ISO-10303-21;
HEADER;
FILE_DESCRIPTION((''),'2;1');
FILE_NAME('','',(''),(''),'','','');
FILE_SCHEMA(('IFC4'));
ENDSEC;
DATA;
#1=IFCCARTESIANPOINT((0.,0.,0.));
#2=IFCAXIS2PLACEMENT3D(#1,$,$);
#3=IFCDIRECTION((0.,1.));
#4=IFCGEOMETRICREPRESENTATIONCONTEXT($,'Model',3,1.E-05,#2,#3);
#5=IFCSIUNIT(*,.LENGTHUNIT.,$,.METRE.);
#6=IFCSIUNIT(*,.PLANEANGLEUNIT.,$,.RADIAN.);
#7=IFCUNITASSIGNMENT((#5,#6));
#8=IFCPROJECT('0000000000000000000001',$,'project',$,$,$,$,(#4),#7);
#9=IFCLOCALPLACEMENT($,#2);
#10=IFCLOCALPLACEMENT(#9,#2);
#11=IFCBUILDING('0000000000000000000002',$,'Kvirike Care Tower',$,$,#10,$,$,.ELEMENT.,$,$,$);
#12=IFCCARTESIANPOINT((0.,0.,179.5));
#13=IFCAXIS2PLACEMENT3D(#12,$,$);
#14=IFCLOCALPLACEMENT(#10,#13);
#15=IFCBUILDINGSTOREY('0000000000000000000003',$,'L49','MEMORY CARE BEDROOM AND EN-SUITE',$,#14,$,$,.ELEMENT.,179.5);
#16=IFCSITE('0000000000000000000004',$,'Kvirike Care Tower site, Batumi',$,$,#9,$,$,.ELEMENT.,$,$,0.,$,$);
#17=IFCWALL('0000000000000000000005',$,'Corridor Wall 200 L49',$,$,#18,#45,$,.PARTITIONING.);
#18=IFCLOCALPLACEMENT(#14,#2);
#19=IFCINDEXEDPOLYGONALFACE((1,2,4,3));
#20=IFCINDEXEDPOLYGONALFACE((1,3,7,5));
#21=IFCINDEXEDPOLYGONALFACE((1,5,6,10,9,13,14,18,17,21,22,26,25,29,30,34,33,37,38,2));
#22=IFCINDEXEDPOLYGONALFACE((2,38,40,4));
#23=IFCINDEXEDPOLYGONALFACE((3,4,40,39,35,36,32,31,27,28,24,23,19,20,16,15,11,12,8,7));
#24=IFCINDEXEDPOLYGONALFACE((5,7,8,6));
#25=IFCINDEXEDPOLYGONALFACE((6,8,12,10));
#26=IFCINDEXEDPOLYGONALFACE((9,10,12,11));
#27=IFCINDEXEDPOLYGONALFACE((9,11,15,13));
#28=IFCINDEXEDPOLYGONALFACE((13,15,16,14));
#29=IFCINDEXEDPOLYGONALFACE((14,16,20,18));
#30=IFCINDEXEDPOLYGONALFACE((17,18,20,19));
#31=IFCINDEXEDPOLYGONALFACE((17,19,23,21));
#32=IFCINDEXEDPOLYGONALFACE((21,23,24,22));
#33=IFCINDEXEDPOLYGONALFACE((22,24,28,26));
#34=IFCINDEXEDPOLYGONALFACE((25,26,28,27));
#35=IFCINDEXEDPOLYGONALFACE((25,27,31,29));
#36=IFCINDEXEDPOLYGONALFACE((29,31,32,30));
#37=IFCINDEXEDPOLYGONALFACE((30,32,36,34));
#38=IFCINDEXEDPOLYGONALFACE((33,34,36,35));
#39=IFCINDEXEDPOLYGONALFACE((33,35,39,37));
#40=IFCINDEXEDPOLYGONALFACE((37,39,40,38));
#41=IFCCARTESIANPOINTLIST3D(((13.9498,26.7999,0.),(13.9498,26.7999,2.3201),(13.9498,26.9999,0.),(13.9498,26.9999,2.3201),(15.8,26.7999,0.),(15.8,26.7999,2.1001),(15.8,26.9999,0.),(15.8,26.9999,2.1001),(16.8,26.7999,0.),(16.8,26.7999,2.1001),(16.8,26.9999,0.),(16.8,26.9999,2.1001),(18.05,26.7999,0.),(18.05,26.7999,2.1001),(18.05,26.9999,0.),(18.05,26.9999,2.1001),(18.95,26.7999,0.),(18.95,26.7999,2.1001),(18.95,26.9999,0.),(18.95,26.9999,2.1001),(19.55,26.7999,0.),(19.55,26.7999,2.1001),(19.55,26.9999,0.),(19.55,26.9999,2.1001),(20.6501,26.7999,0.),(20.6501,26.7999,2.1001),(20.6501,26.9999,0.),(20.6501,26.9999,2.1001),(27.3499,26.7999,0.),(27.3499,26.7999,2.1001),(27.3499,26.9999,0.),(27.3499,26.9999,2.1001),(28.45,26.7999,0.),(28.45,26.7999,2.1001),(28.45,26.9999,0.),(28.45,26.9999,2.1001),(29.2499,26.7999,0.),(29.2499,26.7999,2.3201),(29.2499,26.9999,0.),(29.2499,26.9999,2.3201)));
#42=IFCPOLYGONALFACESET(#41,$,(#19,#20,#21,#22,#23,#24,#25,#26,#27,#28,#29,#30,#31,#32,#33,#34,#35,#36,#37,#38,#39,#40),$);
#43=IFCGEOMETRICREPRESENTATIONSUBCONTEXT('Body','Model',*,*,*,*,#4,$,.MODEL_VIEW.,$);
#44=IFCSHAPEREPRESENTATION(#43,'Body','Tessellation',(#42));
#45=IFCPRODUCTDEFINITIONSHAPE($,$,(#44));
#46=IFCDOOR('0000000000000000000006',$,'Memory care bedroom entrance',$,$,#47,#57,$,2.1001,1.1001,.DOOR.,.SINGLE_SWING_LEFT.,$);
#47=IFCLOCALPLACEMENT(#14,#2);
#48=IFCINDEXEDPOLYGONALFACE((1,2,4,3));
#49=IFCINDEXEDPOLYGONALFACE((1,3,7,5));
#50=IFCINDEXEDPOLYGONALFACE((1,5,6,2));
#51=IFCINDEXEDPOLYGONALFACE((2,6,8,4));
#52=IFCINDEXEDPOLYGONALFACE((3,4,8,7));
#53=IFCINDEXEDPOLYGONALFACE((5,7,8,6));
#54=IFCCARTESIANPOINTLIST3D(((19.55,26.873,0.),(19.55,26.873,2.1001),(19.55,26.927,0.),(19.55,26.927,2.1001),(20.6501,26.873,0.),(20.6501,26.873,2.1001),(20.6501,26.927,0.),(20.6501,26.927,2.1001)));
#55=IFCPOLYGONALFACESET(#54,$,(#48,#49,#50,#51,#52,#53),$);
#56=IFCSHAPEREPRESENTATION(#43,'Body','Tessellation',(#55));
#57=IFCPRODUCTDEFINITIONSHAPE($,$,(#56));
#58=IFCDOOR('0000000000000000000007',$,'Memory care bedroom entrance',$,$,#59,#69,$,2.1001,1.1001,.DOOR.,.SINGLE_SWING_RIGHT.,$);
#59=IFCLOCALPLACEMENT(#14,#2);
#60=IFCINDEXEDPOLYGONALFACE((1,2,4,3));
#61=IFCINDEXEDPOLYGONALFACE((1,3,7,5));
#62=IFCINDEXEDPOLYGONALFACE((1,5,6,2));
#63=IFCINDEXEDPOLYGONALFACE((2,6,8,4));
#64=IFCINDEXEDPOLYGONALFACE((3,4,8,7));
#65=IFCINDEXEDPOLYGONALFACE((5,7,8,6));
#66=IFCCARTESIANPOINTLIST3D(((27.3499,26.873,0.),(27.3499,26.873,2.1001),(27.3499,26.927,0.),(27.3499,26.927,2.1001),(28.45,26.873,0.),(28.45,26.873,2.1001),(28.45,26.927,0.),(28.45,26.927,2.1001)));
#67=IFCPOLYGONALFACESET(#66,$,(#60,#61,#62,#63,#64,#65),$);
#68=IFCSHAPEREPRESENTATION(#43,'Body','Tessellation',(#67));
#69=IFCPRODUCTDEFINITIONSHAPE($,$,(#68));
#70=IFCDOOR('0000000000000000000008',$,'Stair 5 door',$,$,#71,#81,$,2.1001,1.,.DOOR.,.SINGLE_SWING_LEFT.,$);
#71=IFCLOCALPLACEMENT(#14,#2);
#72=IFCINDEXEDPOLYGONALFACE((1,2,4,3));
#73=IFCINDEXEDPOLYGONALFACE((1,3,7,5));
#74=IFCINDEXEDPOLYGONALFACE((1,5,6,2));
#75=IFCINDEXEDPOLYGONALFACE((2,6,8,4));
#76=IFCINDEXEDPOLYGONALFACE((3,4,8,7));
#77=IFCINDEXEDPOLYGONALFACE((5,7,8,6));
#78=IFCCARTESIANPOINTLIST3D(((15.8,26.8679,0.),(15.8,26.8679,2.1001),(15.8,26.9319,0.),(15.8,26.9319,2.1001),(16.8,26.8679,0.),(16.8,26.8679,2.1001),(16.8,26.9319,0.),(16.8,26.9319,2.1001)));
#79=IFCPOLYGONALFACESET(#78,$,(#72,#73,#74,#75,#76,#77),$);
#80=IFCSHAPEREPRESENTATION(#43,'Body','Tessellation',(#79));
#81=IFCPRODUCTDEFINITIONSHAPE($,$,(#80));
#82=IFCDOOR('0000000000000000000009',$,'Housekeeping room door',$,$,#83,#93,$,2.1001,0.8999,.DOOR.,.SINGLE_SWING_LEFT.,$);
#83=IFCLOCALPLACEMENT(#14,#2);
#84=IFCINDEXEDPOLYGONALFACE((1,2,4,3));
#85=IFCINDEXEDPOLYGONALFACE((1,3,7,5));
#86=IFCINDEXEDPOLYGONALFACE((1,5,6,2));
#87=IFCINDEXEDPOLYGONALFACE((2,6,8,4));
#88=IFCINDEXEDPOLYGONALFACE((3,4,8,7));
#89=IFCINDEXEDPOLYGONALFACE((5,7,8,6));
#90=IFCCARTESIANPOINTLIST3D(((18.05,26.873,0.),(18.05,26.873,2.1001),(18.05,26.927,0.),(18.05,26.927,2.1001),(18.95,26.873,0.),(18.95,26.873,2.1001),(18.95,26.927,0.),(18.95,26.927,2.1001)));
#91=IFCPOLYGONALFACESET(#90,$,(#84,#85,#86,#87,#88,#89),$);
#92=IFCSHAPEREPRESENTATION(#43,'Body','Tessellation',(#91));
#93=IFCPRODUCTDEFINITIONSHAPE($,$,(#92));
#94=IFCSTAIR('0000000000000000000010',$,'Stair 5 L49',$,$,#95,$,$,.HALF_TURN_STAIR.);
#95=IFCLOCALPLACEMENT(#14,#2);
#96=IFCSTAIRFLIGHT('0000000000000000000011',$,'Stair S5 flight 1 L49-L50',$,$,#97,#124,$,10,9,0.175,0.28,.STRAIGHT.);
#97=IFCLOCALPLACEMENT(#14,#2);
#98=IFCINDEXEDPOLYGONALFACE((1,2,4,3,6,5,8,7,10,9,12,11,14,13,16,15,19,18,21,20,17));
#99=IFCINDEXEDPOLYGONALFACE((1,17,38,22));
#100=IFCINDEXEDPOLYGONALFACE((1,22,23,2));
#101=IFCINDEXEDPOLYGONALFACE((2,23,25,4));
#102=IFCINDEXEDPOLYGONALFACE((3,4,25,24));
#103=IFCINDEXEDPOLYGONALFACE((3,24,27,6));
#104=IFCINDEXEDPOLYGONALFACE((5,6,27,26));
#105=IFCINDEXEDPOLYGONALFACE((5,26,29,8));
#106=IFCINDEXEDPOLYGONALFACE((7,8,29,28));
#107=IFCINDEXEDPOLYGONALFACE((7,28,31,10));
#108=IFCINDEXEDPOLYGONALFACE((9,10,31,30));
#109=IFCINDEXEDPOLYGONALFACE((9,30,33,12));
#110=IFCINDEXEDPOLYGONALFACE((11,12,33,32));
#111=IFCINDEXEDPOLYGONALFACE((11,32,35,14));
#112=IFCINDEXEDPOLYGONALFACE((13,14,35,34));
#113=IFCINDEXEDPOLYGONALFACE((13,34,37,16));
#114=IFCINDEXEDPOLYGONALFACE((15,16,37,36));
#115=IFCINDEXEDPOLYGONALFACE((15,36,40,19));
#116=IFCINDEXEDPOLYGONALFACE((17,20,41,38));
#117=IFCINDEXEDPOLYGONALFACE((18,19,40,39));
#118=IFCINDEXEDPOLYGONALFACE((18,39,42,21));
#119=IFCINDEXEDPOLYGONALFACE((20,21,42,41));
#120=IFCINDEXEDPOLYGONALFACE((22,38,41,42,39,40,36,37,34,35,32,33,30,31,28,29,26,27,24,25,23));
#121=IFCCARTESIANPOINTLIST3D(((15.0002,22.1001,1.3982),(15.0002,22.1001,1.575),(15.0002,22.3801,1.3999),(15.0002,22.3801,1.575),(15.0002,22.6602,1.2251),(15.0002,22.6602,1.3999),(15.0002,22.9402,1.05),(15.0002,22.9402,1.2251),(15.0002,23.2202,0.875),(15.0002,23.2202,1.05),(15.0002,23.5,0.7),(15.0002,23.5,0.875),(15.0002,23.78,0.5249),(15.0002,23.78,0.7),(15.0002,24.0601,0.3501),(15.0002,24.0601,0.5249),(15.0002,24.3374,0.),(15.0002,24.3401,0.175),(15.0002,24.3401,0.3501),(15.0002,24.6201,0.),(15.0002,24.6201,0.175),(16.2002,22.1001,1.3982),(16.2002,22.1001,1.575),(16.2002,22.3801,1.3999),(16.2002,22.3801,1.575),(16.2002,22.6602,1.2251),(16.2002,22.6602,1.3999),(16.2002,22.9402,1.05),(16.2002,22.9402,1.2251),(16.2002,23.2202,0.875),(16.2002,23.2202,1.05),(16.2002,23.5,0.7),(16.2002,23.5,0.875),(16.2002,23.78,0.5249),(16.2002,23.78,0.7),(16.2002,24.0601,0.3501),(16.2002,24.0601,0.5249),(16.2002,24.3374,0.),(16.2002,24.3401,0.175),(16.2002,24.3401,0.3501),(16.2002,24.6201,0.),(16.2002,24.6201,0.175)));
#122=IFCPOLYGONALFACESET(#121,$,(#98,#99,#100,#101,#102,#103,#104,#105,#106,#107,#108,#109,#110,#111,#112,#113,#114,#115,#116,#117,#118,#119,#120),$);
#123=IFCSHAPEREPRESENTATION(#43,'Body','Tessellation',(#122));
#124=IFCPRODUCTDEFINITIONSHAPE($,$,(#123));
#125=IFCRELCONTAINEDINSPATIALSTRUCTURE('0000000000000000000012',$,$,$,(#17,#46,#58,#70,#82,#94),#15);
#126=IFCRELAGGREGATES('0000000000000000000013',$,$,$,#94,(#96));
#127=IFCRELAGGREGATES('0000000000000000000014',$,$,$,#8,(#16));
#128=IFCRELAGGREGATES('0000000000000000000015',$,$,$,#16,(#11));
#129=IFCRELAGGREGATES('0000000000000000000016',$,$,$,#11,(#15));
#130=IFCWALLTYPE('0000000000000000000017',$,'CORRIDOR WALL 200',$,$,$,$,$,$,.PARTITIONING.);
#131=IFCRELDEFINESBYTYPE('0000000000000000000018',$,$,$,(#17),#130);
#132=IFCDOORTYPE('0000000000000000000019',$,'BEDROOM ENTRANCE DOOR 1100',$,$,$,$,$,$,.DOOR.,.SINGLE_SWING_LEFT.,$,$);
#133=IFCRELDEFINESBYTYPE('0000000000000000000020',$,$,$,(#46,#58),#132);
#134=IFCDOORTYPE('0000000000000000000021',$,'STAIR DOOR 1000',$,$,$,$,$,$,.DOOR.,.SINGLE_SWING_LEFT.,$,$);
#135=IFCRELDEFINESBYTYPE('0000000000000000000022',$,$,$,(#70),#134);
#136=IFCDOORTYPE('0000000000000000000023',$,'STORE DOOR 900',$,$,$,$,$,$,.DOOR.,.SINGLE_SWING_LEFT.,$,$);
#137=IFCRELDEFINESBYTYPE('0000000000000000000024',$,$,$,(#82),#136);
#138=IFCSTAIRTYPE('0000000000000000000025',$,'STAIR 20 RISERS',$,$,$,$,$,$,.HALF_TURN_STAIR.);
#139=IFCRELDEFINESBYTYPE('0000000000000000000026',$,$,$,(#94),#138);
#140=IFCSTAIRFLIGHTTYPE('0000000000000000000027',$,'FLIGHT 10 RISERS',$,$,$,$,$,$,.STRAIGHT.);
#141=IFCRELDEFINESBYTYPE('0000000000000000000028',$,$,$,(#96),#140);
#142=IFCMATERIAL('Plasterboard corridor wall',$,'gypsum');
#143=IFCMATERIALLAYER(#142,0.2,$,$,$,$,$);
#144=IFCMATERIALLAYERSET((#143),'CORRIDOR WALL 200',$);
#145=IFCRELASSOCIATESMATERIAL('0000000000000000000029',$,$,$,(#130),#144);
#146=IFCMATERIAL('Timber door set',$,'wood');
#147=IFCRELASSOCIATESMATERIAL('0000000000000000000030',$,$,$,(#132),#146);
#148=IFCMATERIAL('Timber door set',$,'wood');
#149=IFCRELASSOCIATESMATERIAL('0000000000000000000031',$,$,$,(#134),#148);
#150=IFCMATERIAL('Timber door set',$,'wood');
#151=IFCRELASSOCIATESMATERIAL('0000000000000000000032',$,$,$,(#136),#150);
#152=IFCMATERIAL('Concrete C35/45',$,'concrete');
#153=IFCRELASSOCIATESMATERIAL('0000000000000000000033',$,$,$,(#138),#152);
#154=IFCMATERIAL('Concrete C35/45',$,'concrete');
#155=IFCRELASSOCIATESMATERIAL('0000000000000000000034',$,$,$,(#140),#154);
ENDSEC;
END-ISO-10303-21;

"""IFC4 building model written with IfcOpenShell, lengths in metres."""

from ifc_helpers import new_model, si_unit, direction, frame, frame_2d, origin, place, context, subcontext, project, spatial, polyline, rectangle, outline, extrude, material, layer, layer_set, type_object, element, fill, aggregate, save


model = new_model("IFC4")

# Units and contexts
model_context = context("Model", 3, precision=1e-05, world=origin(), true_north=direction((0.0, 1.0)))
body_context = subcontext(model_context, "Body", "Model", "MODEL_VIEW")
ifc_project = project(units=[si_unit("LENGTHUNIT", "METRE"), si_unit("PLANEANGLEUNIT", "RADIAN")], contexts=[model_context])

# Site, building, storey
site_placement = place(None, origin())
site = spatial("IfcSite", under=ifc_project, at=site_placement, Name="Kvirike Care Tower site, Batumi", CompositionType="ELEMENT", RefElevation=0.0)
building_placement = place(site_placement, origin())
building = spatial("IfcBuilding", under=site, at=building_placement, Name="Kvirike Care Tower", CompositionType="ELEMENT")
storey_placement = place(building_placement, frame((0.0, 0.0, 179.5)))
storey = spatial("IfcBuildingStorey", under=building, at=storey_placement, Name="L49", Description="MEMORY CARE BEDROOM AND EN-SUITE", CompositionType="ELEMENT", Elevation=179.5)

# Wall, openings, doors
ifc_material_1 = material(Name="Plasterboard corridor wall", Category="gypsum")
ifc_layer_1 = layer(ifc_material_1, 0.2)
ifc_layer_set_1 = layer_set([ifc_layer_1], Name="CORRIDOR WALL 200")
wall_type = type_object("IfcWallType", Name="CORRIDOR WALL 200", PredefinedType="PARTITIONING", material=ifc_layer_set_1)
wall_placement = place(storey_placement, frame((13.95, 26.8999, 0.0), z_axis=(0.0, 0.0, 1.0), x_axis=(1.0, 0.0, 0.0)))
wall = element("IfcWall", 1, at=wall_placement, inside=storey, type_object=wall_type, Name="Corridor Wall 200 L49", PredefinedType="PARTITIONING", context=body_context, shape_type="SweptSolid", body=[
    extrude(rectangle(XDim=15.3, YDim=0.2, at=frame_2d((7.6499, 0.0))), origin(), (0.0, 0.0, 1.0), 2.3201),
])
opening_1_placement = place(wall_placement, frame((1.8501, 0.0, 0.0)))
opening_1 = element("IfcOpeningElement", 2, at=opening_1_placement, cuts=wall, PredefinedType="OPENING", context=body_context, shape_type="SweptSolid", body=[
    extrude(rectangle(XDim=1.0, YDim=2.1001, at=frame_2d((0.5, 1.05))), frame((0.0, 0.1106, 0.0), z_axis=(0.0, -1.0, 0.0), x_axis=(1.0, 0.0, 0.0)), (0.0, 0.0, 1.0), 0.2209),
])
opening_2_placement = place(wall_placement, frame((4.1001, 0.0, 0.0)))
opening_2 = element("IfcOpeningElement", 3, at=opening_2_placement, cuts=wall, PredefinedType="OPENING", context=body_context, shape_type="SweptSolid", body=[
    extrude(rectangle(XDim=0.8999, YDim=2.1001, at=frame_2d((0.45, 1.05))), frame((0.0, 0.1106, 0.0), z_axis=(0.0, -1.0, 0.0), x_axis=(1.0, 0.0, 0.0)), (0.0, 0.0, 1.0), 0.2209),
])
opening_3_placement = place(wall_placement, frame((5.6001, 0.0, 0.0)))
opening_3 = element("IfcOpeningElement", 4, at=opening_3_placement, cuts=wall, PredefinedType="OPENING", context=body_context, shape_type="SweptSolid", body=[
    extrude(rectangle(XDim=1.1001, YDim=2.1001, at=frame_2d((0.55, 1.05))), frame((0.0, 0.1106, 0.0), z_axis=(0.0, -1.0, 0.0), x_axis=(1.0, 0.0, 0.0)), (0.0, 0.0, 1.0), 0.2209),
])
opening_4_placement = place(wall_placement, frame((13.3999, 0.0, 0.0)))
opening_4 = element("IfcOpeningElement", 5, at=opening_4_placement, cuts=wall, PredefinedType="OPENING", context=body_context, shape_type="SweptSolid", body=[
    extrude(rectangle(XDim=1.1001, YDim=2.1001, at=frame_2d((0.55, 1.05))), frame((0.0, 0.1106, 0.0), z_axis=(0.0, -1.0, 0.0), x_axis=(1.0, 0.0, 0.0)), (0.0, 0.0, 1.0), 0.2209),
])
ifc_material_2 = material(Name="Timber door set", Category="wood")
door_type_1 = type_object("IfcDoorType", Name="BEDROOM ENTRANCE DOOR 1100", OperationType="SINGLE_SWING_LEFT", PredefinedType="DOOR", material=ifc_material_2)
door_1_placement = place(opening_3_placement, frame((1.1001, 0.0, 0.0), z_axis=(0.0, 0.0, 1.0), x_axis=(-1.0, 0.0, 0.0)))
door_1 = element("IfcDoor", 6, at=door_1_placement, inside=storey, type_object=door_type_1, Name="Memory care bedroom entrance", OperationType="SINGLE_SWING_LEFT", OverallHeight=2.1001, OverallWidth=1.1001, PredefinedType="DOOR", context=body_context, shape_type="SweptSolid", body=[
    extrude(rectangle(XDim=1.1001, YDim=2.1001, at=frame_2d((0.55, 1.05))), frame((0.0, 0.0269, 0.0), z_axis=(0.0, -1.0, 0.0), x_axis=(1.0, 0.0, 0.0)), (0.0, 0.0, 1.0), 0.054),
])
fill(opening_3, door_1)
door_2_placement = place(opening_4_placement, frame((1.1001, 0.0, 0.0), z_axis=(0.0, 0.0, 1.0), x_axis=(-1.0, 0.0, 0.0)))
door_2 = element("IfcDoor", 7, at=door_2_placement, inside=storey, type_object=door_type_1, Name="Memory care bedroom entrance", OperationType="SINGLE_SWING_RIGHT", OverallHeight=2.1001, OverallWidth=1.1001, PredefinedType="DOOR", context=body_context, shape_type="SweptSolid", body=[
    extrude(rectangle(XDim=1.1001, YDim=2.1001, at=frame_2d((0.55, 1.05))), frame((0.0, 0.0269, 0.0), z_axis=(0.0, -1.0, 0.0), x_axis=(1.0, 0.0, 0.0)), (0.0, 0.0, 1.0), 0.054),
])
fill(opening_4, door_2)
ifc_material_3 = material(Name="Timber door set", Category="wood")
door_type_2 = type_object("IfcDoorType", Name="STAIR DOOR 1000", OperationType="SINGLE_SWING_LEFT", PredefinedType="DOOR", material=ifc_material_3)
door_3_placement = place(opening_1_placement, frame((1.0, 0.0, 0.0), z_axis=(0.0, 0.0, 1.0), x_axis=(-1.0, 0.0, 0.0)))
door_3 = element("IfcDoor", 8, at=door_3_placement, inside=storey, type_object=door_type_2, Name="Stair 5 door", OperationType="SINGLE_SWING_LEFT", OverallHeight=2.1001, OverallWidth=1.0, PredefinedType="DOOR", context=body_context, shape_type="SweptSolid", body=[
    extrude(rectangle(XDim=1.0, YDim=2.1001, at=frame_2d((0.5, 1.05))), frame((0.0, 0.032, 0.0), z_axis=(0.0, -1.0, 0.0), x_axis=(1.0, 0.0, 0.0)), (0.0, 0.0, 1.0), 0.064),
])
fill(opening_1, door_3)
ifc_material_4 = material(Name="Timber door set", Category="wood")
door_type_3 = type_object("IfcDoorType", Name="STORE DOOR 900", OperationType="SINGLE_SWING_LEFT", PredefinedType="DOOR", material=ifc_material_4)
door_4_placement = place(opening_2_placement, frame((0.8999, 0.0, 0.0), z_axis=(0.0, 0.0, 1.0), x_axis=(-1.0, 0.0, 0.0)))
door_4 = element("IfcDoor", 9, at=door_4_placement, inside=storey, type_object=door_type_3, Name="Housekeeping room door", OperationType="SINGLE_SWING_LEFT", OverallHeight=2.1001, OverallWidth=0.8999, PredefinedType="DOOR", context=body_context, shape_type="SweptSolid", body=[
    extrude(rectangle(XDim=0.8999, YDim=2.1001, at=frame_2d((0.45, 1.05))), frame((0.0, 0.0269, 0.0), z_axis=(0.0, -1.0, 0.0), x_axis=(1.0, 0.0, 0.0)), (0.0, 0.0, 1.0), 0.054),
])
fill(opening_2, door_4)

# Stair, stair flight
ifc_material_5 = material(Name="Concrete C35/45", Category="concrete")
stair_type = type_object("IfcStairType", Name="STAIR 20 RISERS", PredefinedType="HALF_TURN_STAIR", material=ifc_material_5)
stair_placement = place(storey_placement, origin())
stair = element("IfcStair", 10, at=stair_placement, inside=storey, type_object=stair_type, Name="Stair 5 L49", PredefinedType="HALF_TURN_STAIR")
ifc_material_6 = material(Name="Concrete C35/45", Category="concrete")
stair_flight_type = type_object("IfcStairFlightType", Name="FLIGHT 10 RISERS", PredefinedType="STRAIGHT", material=ifc_material_6)
stair_flight_placement = place(storey_placement, frame((15.6001, 24.6201, 0.0), z_axis=(0.0, 0.0, 1.0), x_axis=(0.0, -1.0, 0.0)))
stair_flight = element("IfcStairFlight", 11, at=stair_flight_placement, type_object=stair_flight_type, Name="Stair S5 flight 1 L49-L50", NumberOfRisers=10, NumberOfTreads=9, PredefinedType="STRAIGHT", RiserHeight=0.175, TreadLength=0.28, context=body_context, shape_type="SweptSolid", body=[
    extrude(outline(polyline([(0.0, 0.0), (0.0, 0.175), (0.28, 0.175), (0.28, 0.3501), (0.5601, 0.3501), (0.5601, 0.5249), (0.8401, 0.5249), (0.8401, 0.7), (1.1201, 0.7), (1.1201, 0.875), (1.3999, 0.875), (1.3999, 1.05), (1.6799, 1.05), (1.6799, 1.2251), (1.96, 1.2251), (1.96, 1.3999), (2.24, 1.3999), (2.24, 1.575), (2.52, 1.575), (2.52, 1.75), (2.52, 1.3982), (0.2827, 0.0), (0.0, 0.0)])), frame((0.0, 0.6001, 0.0), z_axis=(0.0, -1.0, 0.0), x_axis=(1.0, 0.0, 0.0)), (0.0, 0.0, 1.0), 1.2),
])
aggregate(stair, [stair_flight])

save(model, "model.ifc")
